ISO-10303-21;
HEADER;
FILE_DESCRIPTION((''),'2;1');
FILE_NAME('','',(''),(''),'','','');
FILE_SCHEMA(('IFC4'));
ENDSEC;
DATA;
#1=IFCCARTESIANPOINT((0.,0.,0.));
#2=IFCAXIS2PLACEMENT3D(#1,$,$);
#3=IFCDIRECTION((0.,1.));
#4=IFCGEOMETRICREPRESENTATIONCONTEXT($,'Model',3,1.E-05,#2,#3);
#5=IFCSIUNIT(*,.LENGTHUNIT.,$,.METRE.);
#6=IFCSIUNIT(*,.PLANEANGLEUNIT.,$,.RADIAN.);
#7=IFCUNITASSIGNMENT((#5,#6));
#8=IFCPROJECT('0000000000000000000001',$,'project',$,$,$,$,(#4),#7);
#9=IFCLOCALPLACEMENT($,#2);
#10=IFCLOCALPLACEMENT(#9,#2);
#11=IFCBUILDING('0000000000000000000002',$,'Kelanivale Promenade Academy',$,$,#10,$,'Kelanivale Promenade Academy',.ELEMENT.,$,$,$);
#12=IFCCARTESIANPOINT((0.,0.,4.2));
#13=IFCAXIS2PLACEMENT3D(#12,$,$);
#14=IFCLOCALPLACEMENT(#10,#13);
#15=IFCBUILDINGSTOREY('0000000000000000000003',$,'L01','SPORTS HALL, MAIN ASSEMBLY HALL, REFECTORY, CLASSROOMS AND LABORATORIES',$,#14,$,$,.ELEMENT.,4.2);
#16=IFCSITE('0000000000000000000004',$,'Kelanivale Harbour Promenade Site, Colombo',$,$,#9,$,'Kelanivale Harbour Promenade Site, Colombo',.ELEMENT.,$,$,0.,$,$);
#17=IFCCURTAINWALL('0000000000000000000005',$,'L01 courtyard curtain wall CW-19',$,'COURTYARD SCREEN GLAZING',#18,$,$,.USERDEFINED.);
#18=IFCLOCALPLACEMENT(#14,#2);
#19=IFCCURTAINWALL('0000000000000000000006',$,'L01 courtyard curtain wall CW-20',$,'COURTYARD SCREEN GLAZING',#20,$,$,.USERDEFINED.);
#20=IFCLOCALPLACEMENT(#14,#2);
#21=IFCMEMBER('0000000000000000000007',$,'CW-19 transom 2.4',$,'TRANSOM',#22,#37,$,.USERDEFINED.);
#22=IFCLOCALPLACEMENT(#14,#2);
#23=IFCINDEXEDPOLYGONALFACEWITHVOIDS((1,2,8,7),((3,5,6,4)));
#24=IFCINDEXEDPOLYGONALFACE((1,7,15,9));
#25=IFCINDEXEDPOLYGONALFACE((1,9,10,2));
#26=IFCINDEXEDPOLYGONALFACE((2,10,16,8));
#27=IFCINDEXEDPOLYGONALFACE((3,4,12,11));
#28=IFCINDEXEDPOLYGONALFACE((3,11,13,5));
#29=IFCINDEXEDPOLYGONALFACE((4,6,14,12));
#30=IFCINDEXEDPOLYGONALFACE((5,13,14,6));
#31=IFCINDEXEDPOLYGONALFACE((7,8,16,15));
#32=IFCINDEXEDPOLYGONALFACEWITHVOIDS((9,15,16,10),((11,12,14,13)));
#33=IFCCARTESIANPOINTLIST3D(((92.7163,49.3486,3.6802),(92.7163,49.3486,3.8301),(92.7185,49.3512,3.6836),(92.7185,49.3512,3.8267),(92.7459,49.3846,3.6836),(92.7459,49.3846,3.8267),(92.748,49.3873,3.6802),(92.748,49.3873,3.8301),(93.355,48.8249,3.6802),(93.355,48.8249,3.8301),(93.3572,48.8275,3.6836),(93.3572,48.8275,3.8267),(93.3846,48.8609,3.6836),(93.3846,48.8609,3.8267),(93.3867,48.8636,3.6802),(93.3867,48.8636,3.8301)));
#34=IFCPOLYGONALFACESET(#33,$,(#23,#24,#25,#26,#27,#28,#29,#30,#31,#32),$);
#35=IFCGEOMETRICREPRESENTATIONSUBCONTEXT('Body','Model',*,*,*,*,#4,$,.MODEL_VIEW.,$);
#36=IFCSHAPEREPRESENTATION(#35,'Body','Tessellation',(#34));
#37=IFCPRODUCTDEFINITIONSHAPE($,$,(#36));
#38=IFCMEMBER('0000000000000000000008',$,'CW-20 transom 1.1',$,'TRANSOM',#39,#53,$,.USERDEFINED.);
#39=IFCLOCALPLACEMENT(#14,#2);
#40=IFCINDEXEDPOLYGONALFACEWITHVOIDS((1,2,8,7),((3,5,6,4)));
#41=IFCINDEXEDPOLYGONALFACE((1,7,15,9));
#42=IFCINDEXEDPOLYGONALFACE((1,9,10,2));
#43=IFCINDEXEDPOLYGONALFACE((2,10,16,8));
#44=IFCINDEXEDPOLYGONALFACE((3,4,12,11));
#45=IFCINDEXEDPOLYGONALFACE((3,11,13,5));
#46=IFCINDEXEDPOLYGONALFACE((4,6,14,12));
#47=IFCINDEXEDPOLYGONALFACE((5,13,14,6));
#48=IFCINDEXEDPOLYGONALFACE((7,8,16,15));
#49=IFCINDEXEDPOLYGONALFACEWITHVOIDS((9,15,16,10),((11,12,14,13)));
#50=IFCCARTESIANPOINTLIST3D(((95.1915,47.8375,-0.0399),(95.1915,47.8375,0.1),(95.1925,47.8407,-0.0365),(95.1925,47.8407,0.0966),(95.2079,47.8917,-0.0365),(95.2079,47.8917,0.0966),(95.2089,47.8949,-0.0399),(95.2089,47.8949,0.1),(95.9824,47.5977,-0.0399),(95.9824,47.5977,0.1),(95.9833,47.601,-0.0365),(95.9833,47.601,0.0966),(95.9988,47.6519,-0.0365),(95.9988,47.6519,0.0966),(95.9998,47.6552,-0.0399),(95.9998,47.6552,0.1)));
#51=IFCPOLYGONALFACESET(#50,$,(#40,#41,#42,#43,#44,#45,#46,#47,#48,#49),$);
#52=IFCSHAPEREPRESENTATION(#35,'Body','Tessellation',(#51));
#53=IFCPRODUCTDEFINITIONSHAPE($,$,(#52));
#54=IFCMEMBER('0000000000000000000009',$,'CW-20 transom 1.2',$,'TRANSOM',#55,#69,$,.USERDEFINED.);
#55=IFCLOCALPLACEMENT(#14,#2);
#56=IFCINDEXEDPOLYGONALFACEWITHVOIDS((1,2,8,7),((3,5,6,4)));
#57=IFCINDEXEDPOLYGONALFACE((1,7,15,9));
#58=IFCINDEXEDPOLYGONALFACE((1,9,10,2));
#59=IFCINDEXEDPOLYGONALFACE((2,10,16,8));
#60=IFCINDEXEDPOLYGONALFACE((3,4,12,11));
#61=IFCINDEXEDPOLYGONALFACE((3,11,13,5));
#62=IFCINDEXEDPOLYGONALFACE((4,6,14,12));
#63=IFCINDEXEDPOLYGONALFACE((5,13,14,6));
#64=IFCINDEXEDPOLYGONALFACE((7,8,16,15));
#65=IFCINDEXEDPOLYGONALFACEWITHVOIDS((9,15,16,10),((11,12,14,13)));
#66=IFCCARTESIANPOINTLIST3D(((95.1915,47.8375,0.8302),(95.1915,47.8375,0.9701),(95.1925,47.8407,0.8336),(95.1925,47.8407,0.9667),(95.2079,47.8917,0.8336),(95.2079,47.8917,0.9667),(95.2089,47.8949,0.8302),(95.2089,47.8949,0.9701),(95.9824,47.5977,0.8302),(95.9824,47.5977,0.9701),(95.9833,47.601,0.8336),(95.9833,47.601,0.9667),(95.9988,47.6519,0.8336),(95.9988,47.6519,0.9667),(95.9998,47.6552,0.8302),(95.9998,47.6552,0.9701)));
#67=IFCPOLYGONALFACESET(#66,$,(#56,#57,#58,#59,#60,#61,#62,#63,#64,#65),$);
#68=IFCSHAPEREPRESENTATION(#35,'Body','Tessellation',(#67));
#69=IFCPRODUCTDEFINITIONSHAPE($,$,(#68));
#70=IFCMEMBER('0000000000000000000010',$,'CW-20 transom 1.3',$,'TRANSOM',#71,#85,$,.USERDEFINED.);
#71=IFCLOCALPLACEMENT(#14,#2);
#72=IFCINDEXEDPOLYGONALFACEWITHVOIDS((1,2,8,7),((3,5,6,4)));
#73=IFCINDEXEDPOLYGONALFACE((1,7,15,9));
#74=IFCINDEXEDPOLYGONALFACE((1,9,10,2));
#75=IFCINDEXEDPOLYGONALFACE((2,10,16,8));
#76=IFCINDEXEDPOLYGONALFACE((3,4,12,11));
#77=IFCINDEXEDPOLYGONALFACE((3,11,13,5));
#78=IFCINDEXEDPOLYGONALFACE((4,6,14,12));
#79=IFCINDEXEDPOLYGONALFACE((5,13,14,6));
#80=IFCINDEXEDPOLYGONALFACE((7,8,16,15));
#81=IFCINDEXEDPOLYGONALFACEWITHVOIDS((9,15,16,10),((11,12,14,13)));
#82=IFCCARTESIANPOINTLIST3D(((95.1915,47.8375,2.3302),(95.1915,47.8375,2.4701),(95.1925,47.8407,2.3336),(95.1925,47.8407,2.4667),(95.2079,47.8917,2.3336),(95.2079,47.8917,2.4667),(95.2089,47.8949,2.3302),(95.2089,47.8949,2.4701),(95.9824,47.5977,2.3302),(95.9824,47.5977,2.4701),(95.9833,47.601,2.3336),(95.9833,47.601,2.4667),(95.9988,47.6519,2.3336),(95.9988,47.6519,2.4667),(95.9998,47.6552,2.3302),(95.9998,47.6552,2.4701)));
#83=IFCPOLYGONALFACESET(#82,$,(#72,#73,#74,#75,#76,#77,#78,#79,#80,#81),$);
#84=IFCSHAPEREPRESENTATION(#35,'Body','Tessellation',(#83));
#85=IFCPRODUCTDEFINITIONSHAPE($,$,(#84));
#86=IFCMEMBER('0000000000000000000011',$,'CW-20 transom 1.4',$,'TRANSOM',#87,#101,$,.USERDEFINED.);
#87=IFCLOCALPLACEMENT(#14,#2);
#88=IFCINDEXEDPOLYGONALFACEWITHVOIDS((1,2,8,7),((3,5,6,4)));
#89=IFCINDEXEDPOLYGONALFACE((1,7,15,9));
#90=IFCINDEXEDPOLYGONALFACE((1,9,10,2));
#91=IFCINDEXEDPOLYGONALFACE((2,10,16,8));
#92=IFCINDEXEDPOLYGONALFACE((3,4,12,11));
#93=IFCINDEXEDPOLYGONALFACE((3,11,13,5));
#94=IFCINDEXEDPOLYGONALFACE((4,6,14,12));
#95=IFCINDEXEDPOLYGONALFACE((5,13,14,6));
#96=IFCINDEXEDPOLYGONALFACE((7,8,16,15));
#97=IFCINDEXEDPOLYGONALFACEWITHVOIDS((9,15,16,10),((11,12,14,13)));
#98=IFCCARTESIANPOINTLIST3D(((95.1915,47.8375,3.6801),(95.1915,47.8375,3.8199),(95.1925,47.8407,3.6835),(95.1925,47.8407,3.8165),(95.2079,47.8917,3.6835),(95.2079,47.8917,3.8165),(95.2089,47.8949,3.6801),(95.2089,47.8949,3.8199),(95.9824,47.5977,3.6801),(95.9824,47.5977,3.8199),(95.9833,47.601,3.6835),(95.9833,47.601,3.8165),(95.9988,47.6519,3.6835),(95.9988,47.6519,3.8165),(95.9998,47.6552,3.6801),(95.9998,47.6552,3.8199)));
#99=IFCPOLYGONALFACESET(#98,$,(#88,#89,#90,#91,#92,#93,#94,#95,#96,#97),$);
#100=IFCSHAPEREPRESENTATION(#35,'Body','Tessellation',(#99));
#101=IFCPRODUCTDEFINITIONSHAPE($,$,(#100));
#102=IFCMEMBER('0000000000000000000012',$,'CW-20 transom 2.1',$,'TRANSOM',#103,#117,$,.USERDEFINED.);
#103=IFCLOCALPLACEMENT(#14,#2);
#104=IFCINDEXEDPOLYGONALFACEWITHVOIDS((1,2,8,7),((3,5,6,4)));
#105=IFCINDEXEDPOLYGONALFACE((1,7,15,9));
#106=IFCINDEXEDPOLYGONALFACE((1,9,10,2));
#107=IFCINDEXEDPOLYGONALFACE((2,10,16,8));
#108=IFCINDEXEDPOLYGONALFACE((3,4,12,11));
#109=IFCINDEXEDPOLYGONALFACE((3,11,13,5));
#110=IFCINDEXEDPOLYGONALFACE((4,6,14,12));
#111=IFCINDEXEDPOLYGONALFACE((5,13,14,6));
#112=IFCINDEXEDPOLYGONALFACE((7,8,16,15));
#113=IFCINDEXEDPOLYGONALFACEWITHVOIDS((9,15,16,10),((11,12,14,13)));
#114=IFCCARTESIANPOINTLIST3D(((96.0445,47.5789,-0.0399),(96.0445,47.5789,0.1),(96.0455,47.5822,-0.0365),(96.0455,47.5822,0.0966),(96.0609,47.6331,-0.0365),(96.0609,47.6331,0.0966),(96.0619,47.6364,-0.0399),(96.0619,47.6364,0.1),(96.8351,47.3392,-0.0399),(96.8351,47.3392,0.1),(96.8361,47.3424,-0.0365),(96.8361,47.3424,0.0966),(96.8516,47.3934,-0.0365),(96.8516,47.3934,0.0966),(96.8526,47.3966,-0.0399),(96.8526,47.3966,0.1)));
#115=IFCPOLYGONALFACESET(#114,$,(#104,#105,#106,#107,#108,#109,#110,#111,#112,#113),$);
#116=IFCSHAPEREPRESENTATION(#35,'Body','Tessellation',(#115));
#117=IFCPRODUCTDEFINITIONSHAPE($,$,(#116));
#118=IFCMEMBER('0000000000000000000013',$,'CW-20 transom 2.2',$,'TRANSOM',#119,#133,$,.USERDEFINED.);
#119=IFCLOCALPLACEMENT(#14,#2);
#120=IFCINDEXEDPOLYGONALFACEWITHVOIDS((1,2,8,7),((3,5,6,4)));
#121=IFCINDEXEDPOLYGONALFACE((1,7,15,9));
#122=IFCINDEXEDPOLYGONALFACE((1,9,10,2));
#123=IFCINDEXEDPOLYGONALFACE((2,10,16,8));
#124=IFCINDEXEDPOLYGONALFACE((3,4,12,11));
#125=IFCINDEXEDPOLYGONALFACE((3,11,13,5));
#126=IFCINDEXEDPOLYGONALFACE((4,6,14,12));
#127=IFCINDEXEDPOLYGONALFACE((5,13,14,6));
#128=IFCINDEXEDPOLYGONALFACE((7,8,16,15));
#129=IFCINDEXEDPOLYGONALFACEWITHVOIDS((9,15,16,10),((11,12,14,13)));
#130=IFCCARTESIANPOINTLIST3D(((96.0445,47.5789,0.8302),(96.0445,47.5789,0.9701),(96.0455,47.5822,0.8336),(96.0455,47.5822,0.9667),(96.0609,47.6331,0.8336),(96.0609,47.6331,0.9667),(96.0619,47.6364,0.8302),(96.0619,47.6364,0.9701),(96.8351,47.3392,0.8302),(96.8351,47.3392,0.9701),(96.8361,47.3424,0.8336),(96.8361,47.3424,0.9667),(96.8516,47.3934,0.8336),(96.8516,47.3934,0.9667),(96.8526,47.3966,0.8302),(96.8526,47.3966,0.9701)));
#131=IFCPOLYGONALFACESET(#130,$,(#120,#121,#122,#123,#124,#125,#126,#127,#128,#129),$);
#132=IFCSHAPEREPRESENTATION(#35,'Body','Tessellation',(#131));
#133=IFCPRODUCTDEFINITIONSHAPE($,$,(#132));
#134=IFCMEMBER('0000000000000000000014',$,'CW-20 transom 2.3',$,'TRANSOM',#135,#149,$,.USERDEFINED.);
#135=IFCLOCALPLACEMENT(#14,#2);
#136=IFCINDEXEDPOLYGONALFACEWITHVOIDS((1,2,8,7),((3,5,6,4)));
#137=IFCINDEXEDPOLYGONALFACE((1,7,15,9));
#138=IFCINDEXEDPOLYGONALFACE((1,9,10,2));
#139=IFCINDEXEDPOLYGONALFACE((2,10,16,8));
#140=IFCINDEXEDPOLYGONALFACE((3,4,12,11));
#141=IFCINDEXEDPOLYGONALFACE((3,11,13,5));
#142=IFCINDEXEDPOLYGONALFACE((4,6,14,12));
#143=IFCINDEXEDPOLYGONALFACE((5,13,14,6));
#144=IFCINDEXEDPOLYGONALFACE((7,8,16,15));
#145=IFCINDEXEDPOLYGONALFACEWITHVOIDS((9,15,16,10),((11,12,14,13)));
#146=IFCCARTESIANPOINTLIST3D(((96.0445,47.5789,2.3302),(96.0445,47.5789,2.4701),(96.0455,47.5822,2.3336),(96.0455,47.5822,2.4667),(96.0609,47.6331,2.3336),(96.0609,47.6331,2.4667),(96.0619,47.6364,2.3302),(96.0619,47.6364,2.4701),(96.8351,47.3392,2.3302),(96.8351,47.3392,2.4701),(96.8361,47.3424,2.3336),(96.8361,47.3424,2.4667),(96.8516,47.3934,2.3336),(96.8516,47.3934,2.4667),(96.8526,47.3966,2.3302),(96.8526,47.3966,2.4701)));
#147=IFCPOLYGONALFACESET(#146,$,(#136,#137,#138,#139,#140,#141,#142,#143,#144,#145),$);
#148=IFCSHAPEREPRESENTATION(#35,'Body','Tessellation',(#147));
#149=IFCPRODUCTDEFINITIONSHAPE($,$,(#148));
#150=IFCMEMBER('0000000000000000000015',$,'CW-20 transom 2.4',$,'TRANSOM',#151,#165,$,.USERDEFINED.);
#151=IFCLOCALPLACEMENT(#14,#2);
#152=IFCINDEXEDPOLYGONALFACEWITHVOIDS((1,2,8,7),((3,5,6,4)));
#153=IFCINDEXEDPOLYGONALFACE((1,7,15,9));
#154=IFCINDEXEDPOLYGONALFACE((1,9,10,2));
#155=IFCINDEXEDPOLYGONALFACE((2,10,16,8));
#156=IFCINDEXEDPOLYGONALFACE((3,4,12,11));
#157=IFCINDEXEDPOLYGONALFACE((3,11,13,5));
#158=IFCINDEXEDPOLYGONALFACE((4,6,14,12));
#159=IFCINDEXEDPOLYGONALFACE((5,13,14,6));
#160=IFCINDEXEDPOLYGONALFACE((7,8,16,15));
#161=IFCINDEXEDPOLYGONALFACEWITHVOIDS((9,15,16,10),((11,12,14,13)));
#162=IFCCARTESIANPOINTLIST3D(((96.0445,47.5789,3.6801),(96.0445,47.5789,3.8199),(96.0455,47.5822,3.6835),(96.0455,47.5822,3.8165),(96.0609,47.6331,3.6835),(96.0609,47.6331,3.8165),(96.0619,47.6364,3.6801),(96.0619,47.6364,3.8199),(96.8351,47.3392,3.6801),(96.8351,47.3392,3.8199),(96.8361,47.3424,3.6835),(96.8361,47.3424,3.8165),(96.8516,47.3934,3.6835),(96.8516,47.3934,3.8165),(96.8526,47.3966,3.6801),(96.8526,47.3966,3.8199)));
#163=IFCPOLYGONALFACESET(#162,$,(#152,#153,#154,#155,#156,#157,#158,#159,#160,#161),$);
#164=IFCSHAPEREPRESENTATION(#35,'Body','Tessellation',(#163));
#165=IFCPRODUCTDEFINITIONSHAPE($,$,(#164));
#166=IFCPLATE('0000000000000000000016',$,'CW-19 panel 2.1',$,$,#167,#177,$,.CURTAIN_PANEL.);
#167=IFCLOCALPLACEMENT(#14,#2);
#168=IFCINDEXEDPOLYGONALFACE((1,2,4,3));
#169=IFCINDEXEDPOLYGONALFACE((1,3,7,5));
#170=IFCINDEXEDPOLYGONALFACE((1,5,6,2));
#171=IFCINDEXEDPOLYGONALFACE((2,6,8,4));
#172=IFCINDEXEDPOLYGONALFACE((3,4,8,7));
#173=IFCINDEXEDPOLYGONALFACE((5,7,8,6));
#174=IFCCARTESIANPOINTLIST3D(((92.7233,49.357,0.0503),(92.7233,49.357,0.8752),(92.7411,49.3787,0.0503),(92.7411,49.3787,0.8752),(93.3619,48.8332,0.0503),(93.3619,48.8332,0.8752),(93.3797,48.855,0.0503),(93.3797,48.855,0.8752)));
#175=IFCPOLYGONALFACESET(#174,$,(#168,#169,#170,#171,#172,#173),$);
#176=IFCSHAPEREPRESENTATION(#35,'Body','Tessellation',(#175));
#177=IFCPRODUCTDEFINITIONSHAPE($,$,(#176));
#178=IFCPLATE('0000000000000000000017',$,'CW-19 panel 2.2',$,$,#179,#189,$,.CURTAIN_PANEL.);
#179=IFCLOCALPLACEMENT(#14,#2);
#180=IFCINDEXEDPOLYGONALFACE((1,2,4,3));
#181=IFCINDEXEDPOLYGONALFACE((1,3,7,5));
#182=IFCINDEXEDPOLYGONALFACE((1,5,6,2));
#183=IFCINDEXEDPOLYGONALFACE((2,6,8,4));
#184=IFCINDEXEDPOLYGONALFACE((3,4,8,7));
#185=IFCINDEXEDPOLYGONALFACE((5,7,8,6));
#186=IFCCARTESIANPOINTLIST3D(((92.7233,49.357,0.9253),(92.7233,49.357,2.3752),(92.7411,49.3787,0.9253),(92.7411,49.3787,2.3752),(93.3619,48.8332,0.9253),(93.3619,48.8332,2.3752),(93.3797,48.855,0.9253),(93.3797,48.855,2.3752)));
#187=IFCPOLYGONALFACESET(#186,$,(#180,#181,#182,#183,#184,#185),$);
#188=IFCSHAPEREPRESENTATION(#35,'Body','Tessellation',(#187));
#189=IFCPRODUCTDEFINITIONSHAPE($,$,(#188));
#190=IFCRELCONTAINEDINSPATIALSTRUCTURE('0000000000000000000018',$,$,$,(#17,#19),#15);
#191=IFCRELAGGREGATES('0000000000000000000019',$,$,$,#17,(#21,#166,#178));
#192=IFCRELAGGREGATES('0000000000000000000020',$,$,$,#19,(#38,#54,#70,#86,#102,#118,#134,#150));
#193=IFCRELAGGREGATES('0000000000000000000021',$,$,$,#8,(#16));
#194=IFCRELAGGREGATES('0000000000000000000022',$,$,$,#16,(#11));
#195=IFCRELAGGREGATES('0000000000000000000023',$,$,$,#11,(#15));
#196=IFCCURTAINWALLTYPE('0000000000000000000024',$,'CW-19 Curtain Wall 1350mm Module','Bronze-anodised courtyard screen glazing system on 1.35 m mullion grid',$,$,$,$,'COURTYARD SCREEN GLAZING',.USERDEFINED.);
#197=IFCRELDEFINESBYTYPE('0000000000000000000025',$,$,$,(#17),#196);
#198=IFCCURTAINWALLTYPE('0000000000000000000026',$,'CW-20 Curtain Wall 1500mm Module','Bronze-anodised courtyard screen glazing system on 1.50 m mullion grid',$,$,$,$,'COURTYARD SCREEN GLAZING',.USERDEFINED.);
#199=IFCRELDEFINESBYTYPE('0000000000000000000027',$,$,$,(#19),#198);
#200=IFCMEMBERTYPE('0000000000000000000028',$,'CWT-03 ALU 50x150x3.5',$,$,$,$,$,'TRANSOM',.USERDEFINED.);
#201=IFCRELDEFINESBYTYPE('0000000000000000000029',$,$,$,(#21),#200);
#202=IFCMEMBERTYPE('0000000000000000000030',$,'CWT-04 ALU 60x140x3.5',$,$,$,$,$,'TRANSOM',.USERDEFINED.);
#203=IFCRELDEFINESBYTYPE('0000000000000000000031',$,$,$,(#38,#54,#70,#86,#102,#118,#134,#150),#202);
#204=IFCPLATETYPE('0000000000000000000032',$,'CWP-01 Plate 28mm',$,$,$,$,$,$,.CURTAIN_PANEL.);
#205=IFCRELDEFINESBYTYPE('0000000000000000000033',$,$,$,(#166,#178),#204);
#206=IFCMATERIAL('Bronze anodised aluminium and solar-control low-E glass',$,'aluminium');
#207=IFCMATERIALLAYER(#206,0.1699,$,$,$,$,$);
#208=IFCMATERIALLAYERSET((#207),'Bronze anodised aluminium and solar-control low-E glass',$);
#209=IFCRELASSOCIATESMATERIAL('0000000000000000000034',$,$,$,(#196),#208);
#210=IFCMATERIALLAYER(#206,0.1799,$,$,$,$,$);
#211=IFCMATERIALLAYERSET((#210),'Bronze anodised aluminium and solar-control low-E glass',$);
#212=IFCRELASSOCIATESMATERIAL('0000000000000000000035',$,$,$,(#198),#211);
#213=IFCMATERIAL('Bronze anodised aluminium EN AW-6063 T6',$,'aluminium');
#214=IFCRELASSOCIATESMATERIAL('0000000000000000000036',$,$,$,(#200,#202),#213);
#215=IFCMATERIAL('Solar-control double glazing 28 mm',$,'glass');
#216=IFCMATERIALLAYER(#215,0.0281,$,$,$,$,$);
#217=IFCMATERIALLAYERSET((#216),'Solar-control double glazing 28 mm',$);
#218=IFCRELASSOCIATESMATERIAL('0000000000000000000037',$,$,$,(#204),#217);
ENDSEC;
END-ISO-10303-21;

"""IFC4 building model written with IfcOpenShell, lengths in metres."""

from ifc_helpers import new_model, si_unit, direction, frame, origin, origin_2d, place, context, subcontext, project, spatial, rectangle, hollow_rectangle, extrude, material, layer, layer_set, material_profile, profile_set, type_object, element, aggregate, save


model = new_model("IFC4")

# Units and contexts
model_context = context("Model", 3, precision=1e-05, world=origin(), true_north=direction((0.0, 1.0)))
body_context = subcontext(model_context, "Body", "Model", "MODEL_VIEW")
ifc_project = project(units=[si_unit("LENGTHUNIT", "METRE"), si_unit("PLANEANGLEUNIT", "RADIAN")], contexts=[model_context])

# Site, building, storey
site_placement = place(None, origin())
site = spatial("IfcSite", under=ifc_project, at=site_placement, Name="Kelanivale Harbour Promenade Site, Colombo", LongName="Kelanivale Harbour Promenade Site, Colombo", CompositionType="ELEMENT", RefElevation=0.0)
building_placement = place(site_placement, origin())
building = spatial("IfcBuilding", under=site, at=building_placement, Name="Kelanivale Promenade Academy", LongName="Kelanivale Promenade Academy", CompositionType="ELEMENT")
storey_placement = place(building_placement, frame((0.0, 0.0, 4.2)))
storey = spatial("IfcBuildingStorey", under=building, at=storey_placement, Name="L01", Description="SPORTS HALL, MAIN ASSEMBLY HALL, REFECTORY, CLASSROOMS AND LABORATORIES", CompositionType="ELEMENT", Elevation=4.2)

# Shared definitions
ifc_material_1 = material(Name="Bronze anodised aluminium and solar-control low-E glass", Category="aluminium")
ifc_material_2 = material(Name="Bronze anodised aluminium EN AW-6063 T6", Category="aluminium")

# Curtain wall
ifc_layer_1 = layer(ifc_material_1, 0.1699)
ifc_layer_set_1 = layer_set([ifc_layer_1], Name="Bronze anodised aluminium and solar-control low-E glass")
curtain_wall_type_1 = type_object("IfcCurtainWallType", Name="CW-19 Curtain Wall 1350mm Module", Description="Bronze-anodised courtyard screen glazing system on 1.35 m mullion grid", ElementType="COURTYARD SCREEN GLAZING", PredefinedType="USERDEFINED", material=ifc_layer_set_1)
curtain_wall_1_placement = place(storey_placement, origin())
curtain_wall_1 = element("IfcCurtainWall", 1, at=curtain_wall_1_placement, inside=storey, type_object=curtain_wall_type_1, Name="L01 courtyard curtain wall CW-19", ObjectType="COURTYARD SCREEN GLAZING", PredefinedType="USERDEFINED")

# Curtain wall
ifc_layer_2 = layer(ifc_material_1, 0.1799)
ifc_layer_set_2 = layer_set([ifc_layer_2], Name="Bronze anodised aluminium and solar-control low-E glass")
curtain_wall_type_2 = type_object("IfcCurtainWallType", Name="CW-20 Curtain Wall 1500mm Module", Description="Bronze-anodised courtyard screen glazing system on 1.50 m mullion grid", ElementType="COURTYARD SCREEN GLAZING", PredefinedType="USERDEFINED", material=ifc_layer_set_2)
curtain_wall_2_placement = place(storey_placement, origin())
curtain_wall_2 = element("IfcCurtainWall", 2, at=curtain_wall_2_placement, inside=storey, type_object=curtain_wall_type_2, Name="L01 courtyard curtain wall CW-20", ObjectType="COURTYARD SCREEN GLAZING", PredefinedType="USERDEFINED")

# Members
ifc_material_profile_1 = material_profile(ifc_material_2, hollow_rectangle(XDim=0.05, YDim=0.1499, WallThickness=0.0034, at=origin_2d()), Name="ALU 50x150x3.5")
ifc_profile_set_1 = profile_set([ifc_material_profile_1], Name="Bronze anodised aluminium EN AW-6063 T6")
member_type_1 = type_object("IfcMemberType", Name="CWT-03 ALU 50x150x3.5", ElementType="TRANSOM", PredefinedType="USERDEFINED", material=ifc_profile_set_1)
member_1_placement = place(storey_placement, frame((92.7322, 49.3679, 3.7551), z_axis=(0.773285, -0.634058, 0.0), x_axis=(0.634058, 0.773285, 0.0)))
member_1 = element("IfcMember", 3, at=member_1_placement, type_object=member_type_1, Name="CW-19 transom 2.4", ObjectType="TRANSOM", PredefinedType="USERDEFINED", context=body_context, shape_type="SweptSolid", body=[
    extrude(hollow_rectangle(XDim=0.05, YDim=0.1499, WallThickness=0.0034, at=origin_2d()), origin(), (0.0, 0.0, 1.0), 0.8259),
])
ifc_material_profile_2 = material_profile(ifc_material_2, hollow_rectangle(XDim=0.0601, YDim=0.1399, WallThickness=0.0034, at=origin_2d()), Name="ALU 60x140x3.5")
ifc_profile_set_2 = profile_set([ifc_material_profile_2], Name="Bronze anodised aluminium EN AW-6063 T6")
member_type_2 = type_object("IfcMemberType", Name="CWT-04 ALU 60x140x3.5", ElementType="TRANSOM", PredefinedType="USERDEFINED", material=ifc_profile_set_2)
member_2_placement = place(storey_placement, frame((95.2002, 47.8662, 0.03), z_axis=(0.956985, -0.290139, 0.0), x_axis=(0.290139, 0.956985, 0.0)))
member_2 = element("IfcMember", 4, at=member_2_placement, type_object=member_type_2, Name="CW-20 transom 1.1", ObjectType="TRANSOM", PredefinedType="USERDEFINED", context=body_context, shape_type="SweptSolid", body=[
    extrude(hollow_rectangle(XDim=0.0601, YDim=0.1399, WallThickness=0.0034, at=origin_2d()), origin(), (0.0, 0.0, 1.0), 0.8264),
])
member_3_placement = place(storey_placement, frame((95.2002, 47.8662, 0.9001), z_axis=(0.956985, -0.290139, 0.0), x_axis=(0.290139, 0.956985, 0.0)))
member_3 = element("IfcMember", 5, at=member_3_placement, type_object=member_type_2, Name="CW-20 transom 1.2", ObjectType="TRANSOM", PredefinedType="USERDEFINED", context=body_context, shape_type="SweptSolid", body=[
    extrude(hollow_rectangle(XDim=0.0601, YDim=0.1399, WallThickness=0.0034, at=origin_2d()), origin(), (0.0, 0.0, 1.0), 0.8264),
])
member_4_placement = place(storey_placement, frame((95.2002, 47.8662, 2.4001), z_axis=(0.956985, -0.290139, 0.0), x_axis=(0.290139, 0.956985, 0.0)))
member_4 = element("IfcMember", 6, at=member_4_placement, type_object=member_type_2, Name="CW-20 transom 1.3", ObjectType="TRANSOM", PredefinedType="USERDEFINED", context=body_context, shape_type="SweptSolid", body=[
    extrude(hollow_rectangle(XDim=0.0601, YDim=0.1399, WallThickness=0.0034, at=origin_2d()), origin(), (0.0, 0.0, 1.0), 0.8264),
])
member_5_placement = place(storey_placement, frame((95.2002, 47.8662, 3.75), z_axis=(0.956985, -0.290139, 0.0), x_axis=(0.290139, 0.956985, 0.0)))
member_5 = element("IfcMember", 7, at=member_5_placement, type_object=member_type_2, Name="CW-20 transom 1.4", ObjectType="TRANSOM", PredefinedType="USERDEFINED", context=body_context, shape_type="SweptSolid", body=[
    extrude(hollow_rectangle(XDim=0.0601, YDim=0.1399, WallThickness=0.0034, at=origin_2d()), origin(), (0.0, 0.0, 1.0), 0.8264),
])
member_6_placement = place(storey_placement, frame((96.0532, 47.6077, 0.03), z_axis=(0.95696, -0.290221, 0.0), x_axis=(0.290221, 0.95696, 0.0)))
member_6 = element("IfcMember", 8, at=member_6_placement, type_object=member_type_2, Name="CW-20 transom 2.1", ObjectType="TRANSOM", PredefinedType="USERDEFINED", context=body_context, shape_type="SweptSolid", body=[
    extrude(hollow_rectangle(XDim=0.0601, YDim=0.1399, WallThickness=0.0034, at=origin_2d()), origin(), (0.0, 0.0, 1.0), 0.8262),
])
member_7_placement = place(storey_placement, frame((96.0532, 47.6077, 0.9001), z_axis=(0.95696, -0.290221, 0.0), x_axis=(0.290221, 0.95696, 0.0)))
member_7 = element("IfcMember", 9, at=member_7_placement, type_object=member_type_2, Name="CW-20 transom 2.2", ObjectType="TRANSOM", PredefinedType="USERDEFINED", context=body_context, shape_type="SweptSolid", body=[
    extrude(hollow_rectangle(XDim=0.0601, YDim=0.1399, WallThickness=0.0034, at=origin_2d()), origin(), (0.0, 0.0, 1.0), 0.8262),
])
member_8_placement = place(storey_placement, frame((96.0532, 47.6077, 2.4001), z_axis=(0.95696, -0.290221, 0.0), x_axis=(0.290221, 0.95696, 0.0)))
member_8 = element("IfcMember", 10, at=member_8_placement, type_object=member_type_2, Name="CW-20 transom 2.3", ObjectType="TRANSOM", PredefinedType="USERDEFINED", context=body_context, shape_type="SweptSolid", body=[
    extrude(hollow_rectangle(XDim=0.0601, YDim=0.1399, WallThickness=0.0034, at=origin_2d()), origin(), (0.0, 0.0, 1.0), 0.8262),
])
member_9_placement = place(storey_placement, frame((96.0532, 47.6077, 3.75), z_axis=(0.95696, -0.290221, 0.0), x_axis=(0.290221, 0.95696, 0.0)))
member_9 = element("IfcMember", 11, at=member_9_placement, type_object=member_type_2, Name="CW-20 transom 2.4", ObjectType="TRANSOM", PredefinedType="USERDEFINED", context=body_context, shape_type="SweptSolid", body=[
    extrude(hollow_rectangle(XDim=0.0601, YDim=0.1399, WallThickness=0.0034, at=origin_2d()), origin(), (0.0, 0.0, 1.0), 0.8262),
])

# Plates
ifc_material_3 = material(Name="Solar-control double glazing 28 mm", Category="glass")
ifc_layer_3 = layer(ifc_material_3, 0.0281)
ifc_layer_set_3 = layer_set([ifc_layer_3], Name="Solar-control double glazing 28 mm")
plate_type_1 = type_object("IfcPlateType", Name="CWP-01 Plate 28mm", PredefinedType="CURTAIN_PANEL", material=ifc_layer_set_3)
plate_1_placement = place(storey_placement, frame((93.0515, 49.106, 0.0503), z_axis=(0.0, 0.0, 1.0), x_axis=(0.773257, -0.634093, 0.0)))
plate_1 = element("IfcPlate", 12, at=plate_1_placement, type_object=plate_type_1, Name="CW-19 panel 2.1", PredefinedType="CURTAIN_PANEL", context=body_context, shape_type="SweptSolid", body=[
    extrude(rectangle(XDim=0.8259, YDim=0.0281, at=origin_2d()), origin(), (0.0, 0.0, 1.0), 0.825),
])
plate_2_placement = place(storey_placement, frame((93.0515, 49.106, 0.9253), z_axis=(0.0, 0.0, 1.0), x_axis=(0.773257, -0.634093, 0.0)))
plate_2 = element("IfcPlate", 13, at=plate_2_placement, type_object=plate_type_1, Name="CW-19 panel 2.2", PredefinedType="CURTAIN_PANEL", context=body_context, shape_type="SweptSolid", body=[
    extrude(rectangle(XDim=0.8259, YDim=0.0281, at=origin_2d()), origin(), (0.0, 0.0, 1.0), 1.45),
])
aggregate(curtain_wall_1, [member_1, plate_1, plate_2])
aggregate(curtain_wall_2, [member_2, member_3, member_4, member_5, member_6, member_7, member_8, member_9])

save(model, "model.ifc")
